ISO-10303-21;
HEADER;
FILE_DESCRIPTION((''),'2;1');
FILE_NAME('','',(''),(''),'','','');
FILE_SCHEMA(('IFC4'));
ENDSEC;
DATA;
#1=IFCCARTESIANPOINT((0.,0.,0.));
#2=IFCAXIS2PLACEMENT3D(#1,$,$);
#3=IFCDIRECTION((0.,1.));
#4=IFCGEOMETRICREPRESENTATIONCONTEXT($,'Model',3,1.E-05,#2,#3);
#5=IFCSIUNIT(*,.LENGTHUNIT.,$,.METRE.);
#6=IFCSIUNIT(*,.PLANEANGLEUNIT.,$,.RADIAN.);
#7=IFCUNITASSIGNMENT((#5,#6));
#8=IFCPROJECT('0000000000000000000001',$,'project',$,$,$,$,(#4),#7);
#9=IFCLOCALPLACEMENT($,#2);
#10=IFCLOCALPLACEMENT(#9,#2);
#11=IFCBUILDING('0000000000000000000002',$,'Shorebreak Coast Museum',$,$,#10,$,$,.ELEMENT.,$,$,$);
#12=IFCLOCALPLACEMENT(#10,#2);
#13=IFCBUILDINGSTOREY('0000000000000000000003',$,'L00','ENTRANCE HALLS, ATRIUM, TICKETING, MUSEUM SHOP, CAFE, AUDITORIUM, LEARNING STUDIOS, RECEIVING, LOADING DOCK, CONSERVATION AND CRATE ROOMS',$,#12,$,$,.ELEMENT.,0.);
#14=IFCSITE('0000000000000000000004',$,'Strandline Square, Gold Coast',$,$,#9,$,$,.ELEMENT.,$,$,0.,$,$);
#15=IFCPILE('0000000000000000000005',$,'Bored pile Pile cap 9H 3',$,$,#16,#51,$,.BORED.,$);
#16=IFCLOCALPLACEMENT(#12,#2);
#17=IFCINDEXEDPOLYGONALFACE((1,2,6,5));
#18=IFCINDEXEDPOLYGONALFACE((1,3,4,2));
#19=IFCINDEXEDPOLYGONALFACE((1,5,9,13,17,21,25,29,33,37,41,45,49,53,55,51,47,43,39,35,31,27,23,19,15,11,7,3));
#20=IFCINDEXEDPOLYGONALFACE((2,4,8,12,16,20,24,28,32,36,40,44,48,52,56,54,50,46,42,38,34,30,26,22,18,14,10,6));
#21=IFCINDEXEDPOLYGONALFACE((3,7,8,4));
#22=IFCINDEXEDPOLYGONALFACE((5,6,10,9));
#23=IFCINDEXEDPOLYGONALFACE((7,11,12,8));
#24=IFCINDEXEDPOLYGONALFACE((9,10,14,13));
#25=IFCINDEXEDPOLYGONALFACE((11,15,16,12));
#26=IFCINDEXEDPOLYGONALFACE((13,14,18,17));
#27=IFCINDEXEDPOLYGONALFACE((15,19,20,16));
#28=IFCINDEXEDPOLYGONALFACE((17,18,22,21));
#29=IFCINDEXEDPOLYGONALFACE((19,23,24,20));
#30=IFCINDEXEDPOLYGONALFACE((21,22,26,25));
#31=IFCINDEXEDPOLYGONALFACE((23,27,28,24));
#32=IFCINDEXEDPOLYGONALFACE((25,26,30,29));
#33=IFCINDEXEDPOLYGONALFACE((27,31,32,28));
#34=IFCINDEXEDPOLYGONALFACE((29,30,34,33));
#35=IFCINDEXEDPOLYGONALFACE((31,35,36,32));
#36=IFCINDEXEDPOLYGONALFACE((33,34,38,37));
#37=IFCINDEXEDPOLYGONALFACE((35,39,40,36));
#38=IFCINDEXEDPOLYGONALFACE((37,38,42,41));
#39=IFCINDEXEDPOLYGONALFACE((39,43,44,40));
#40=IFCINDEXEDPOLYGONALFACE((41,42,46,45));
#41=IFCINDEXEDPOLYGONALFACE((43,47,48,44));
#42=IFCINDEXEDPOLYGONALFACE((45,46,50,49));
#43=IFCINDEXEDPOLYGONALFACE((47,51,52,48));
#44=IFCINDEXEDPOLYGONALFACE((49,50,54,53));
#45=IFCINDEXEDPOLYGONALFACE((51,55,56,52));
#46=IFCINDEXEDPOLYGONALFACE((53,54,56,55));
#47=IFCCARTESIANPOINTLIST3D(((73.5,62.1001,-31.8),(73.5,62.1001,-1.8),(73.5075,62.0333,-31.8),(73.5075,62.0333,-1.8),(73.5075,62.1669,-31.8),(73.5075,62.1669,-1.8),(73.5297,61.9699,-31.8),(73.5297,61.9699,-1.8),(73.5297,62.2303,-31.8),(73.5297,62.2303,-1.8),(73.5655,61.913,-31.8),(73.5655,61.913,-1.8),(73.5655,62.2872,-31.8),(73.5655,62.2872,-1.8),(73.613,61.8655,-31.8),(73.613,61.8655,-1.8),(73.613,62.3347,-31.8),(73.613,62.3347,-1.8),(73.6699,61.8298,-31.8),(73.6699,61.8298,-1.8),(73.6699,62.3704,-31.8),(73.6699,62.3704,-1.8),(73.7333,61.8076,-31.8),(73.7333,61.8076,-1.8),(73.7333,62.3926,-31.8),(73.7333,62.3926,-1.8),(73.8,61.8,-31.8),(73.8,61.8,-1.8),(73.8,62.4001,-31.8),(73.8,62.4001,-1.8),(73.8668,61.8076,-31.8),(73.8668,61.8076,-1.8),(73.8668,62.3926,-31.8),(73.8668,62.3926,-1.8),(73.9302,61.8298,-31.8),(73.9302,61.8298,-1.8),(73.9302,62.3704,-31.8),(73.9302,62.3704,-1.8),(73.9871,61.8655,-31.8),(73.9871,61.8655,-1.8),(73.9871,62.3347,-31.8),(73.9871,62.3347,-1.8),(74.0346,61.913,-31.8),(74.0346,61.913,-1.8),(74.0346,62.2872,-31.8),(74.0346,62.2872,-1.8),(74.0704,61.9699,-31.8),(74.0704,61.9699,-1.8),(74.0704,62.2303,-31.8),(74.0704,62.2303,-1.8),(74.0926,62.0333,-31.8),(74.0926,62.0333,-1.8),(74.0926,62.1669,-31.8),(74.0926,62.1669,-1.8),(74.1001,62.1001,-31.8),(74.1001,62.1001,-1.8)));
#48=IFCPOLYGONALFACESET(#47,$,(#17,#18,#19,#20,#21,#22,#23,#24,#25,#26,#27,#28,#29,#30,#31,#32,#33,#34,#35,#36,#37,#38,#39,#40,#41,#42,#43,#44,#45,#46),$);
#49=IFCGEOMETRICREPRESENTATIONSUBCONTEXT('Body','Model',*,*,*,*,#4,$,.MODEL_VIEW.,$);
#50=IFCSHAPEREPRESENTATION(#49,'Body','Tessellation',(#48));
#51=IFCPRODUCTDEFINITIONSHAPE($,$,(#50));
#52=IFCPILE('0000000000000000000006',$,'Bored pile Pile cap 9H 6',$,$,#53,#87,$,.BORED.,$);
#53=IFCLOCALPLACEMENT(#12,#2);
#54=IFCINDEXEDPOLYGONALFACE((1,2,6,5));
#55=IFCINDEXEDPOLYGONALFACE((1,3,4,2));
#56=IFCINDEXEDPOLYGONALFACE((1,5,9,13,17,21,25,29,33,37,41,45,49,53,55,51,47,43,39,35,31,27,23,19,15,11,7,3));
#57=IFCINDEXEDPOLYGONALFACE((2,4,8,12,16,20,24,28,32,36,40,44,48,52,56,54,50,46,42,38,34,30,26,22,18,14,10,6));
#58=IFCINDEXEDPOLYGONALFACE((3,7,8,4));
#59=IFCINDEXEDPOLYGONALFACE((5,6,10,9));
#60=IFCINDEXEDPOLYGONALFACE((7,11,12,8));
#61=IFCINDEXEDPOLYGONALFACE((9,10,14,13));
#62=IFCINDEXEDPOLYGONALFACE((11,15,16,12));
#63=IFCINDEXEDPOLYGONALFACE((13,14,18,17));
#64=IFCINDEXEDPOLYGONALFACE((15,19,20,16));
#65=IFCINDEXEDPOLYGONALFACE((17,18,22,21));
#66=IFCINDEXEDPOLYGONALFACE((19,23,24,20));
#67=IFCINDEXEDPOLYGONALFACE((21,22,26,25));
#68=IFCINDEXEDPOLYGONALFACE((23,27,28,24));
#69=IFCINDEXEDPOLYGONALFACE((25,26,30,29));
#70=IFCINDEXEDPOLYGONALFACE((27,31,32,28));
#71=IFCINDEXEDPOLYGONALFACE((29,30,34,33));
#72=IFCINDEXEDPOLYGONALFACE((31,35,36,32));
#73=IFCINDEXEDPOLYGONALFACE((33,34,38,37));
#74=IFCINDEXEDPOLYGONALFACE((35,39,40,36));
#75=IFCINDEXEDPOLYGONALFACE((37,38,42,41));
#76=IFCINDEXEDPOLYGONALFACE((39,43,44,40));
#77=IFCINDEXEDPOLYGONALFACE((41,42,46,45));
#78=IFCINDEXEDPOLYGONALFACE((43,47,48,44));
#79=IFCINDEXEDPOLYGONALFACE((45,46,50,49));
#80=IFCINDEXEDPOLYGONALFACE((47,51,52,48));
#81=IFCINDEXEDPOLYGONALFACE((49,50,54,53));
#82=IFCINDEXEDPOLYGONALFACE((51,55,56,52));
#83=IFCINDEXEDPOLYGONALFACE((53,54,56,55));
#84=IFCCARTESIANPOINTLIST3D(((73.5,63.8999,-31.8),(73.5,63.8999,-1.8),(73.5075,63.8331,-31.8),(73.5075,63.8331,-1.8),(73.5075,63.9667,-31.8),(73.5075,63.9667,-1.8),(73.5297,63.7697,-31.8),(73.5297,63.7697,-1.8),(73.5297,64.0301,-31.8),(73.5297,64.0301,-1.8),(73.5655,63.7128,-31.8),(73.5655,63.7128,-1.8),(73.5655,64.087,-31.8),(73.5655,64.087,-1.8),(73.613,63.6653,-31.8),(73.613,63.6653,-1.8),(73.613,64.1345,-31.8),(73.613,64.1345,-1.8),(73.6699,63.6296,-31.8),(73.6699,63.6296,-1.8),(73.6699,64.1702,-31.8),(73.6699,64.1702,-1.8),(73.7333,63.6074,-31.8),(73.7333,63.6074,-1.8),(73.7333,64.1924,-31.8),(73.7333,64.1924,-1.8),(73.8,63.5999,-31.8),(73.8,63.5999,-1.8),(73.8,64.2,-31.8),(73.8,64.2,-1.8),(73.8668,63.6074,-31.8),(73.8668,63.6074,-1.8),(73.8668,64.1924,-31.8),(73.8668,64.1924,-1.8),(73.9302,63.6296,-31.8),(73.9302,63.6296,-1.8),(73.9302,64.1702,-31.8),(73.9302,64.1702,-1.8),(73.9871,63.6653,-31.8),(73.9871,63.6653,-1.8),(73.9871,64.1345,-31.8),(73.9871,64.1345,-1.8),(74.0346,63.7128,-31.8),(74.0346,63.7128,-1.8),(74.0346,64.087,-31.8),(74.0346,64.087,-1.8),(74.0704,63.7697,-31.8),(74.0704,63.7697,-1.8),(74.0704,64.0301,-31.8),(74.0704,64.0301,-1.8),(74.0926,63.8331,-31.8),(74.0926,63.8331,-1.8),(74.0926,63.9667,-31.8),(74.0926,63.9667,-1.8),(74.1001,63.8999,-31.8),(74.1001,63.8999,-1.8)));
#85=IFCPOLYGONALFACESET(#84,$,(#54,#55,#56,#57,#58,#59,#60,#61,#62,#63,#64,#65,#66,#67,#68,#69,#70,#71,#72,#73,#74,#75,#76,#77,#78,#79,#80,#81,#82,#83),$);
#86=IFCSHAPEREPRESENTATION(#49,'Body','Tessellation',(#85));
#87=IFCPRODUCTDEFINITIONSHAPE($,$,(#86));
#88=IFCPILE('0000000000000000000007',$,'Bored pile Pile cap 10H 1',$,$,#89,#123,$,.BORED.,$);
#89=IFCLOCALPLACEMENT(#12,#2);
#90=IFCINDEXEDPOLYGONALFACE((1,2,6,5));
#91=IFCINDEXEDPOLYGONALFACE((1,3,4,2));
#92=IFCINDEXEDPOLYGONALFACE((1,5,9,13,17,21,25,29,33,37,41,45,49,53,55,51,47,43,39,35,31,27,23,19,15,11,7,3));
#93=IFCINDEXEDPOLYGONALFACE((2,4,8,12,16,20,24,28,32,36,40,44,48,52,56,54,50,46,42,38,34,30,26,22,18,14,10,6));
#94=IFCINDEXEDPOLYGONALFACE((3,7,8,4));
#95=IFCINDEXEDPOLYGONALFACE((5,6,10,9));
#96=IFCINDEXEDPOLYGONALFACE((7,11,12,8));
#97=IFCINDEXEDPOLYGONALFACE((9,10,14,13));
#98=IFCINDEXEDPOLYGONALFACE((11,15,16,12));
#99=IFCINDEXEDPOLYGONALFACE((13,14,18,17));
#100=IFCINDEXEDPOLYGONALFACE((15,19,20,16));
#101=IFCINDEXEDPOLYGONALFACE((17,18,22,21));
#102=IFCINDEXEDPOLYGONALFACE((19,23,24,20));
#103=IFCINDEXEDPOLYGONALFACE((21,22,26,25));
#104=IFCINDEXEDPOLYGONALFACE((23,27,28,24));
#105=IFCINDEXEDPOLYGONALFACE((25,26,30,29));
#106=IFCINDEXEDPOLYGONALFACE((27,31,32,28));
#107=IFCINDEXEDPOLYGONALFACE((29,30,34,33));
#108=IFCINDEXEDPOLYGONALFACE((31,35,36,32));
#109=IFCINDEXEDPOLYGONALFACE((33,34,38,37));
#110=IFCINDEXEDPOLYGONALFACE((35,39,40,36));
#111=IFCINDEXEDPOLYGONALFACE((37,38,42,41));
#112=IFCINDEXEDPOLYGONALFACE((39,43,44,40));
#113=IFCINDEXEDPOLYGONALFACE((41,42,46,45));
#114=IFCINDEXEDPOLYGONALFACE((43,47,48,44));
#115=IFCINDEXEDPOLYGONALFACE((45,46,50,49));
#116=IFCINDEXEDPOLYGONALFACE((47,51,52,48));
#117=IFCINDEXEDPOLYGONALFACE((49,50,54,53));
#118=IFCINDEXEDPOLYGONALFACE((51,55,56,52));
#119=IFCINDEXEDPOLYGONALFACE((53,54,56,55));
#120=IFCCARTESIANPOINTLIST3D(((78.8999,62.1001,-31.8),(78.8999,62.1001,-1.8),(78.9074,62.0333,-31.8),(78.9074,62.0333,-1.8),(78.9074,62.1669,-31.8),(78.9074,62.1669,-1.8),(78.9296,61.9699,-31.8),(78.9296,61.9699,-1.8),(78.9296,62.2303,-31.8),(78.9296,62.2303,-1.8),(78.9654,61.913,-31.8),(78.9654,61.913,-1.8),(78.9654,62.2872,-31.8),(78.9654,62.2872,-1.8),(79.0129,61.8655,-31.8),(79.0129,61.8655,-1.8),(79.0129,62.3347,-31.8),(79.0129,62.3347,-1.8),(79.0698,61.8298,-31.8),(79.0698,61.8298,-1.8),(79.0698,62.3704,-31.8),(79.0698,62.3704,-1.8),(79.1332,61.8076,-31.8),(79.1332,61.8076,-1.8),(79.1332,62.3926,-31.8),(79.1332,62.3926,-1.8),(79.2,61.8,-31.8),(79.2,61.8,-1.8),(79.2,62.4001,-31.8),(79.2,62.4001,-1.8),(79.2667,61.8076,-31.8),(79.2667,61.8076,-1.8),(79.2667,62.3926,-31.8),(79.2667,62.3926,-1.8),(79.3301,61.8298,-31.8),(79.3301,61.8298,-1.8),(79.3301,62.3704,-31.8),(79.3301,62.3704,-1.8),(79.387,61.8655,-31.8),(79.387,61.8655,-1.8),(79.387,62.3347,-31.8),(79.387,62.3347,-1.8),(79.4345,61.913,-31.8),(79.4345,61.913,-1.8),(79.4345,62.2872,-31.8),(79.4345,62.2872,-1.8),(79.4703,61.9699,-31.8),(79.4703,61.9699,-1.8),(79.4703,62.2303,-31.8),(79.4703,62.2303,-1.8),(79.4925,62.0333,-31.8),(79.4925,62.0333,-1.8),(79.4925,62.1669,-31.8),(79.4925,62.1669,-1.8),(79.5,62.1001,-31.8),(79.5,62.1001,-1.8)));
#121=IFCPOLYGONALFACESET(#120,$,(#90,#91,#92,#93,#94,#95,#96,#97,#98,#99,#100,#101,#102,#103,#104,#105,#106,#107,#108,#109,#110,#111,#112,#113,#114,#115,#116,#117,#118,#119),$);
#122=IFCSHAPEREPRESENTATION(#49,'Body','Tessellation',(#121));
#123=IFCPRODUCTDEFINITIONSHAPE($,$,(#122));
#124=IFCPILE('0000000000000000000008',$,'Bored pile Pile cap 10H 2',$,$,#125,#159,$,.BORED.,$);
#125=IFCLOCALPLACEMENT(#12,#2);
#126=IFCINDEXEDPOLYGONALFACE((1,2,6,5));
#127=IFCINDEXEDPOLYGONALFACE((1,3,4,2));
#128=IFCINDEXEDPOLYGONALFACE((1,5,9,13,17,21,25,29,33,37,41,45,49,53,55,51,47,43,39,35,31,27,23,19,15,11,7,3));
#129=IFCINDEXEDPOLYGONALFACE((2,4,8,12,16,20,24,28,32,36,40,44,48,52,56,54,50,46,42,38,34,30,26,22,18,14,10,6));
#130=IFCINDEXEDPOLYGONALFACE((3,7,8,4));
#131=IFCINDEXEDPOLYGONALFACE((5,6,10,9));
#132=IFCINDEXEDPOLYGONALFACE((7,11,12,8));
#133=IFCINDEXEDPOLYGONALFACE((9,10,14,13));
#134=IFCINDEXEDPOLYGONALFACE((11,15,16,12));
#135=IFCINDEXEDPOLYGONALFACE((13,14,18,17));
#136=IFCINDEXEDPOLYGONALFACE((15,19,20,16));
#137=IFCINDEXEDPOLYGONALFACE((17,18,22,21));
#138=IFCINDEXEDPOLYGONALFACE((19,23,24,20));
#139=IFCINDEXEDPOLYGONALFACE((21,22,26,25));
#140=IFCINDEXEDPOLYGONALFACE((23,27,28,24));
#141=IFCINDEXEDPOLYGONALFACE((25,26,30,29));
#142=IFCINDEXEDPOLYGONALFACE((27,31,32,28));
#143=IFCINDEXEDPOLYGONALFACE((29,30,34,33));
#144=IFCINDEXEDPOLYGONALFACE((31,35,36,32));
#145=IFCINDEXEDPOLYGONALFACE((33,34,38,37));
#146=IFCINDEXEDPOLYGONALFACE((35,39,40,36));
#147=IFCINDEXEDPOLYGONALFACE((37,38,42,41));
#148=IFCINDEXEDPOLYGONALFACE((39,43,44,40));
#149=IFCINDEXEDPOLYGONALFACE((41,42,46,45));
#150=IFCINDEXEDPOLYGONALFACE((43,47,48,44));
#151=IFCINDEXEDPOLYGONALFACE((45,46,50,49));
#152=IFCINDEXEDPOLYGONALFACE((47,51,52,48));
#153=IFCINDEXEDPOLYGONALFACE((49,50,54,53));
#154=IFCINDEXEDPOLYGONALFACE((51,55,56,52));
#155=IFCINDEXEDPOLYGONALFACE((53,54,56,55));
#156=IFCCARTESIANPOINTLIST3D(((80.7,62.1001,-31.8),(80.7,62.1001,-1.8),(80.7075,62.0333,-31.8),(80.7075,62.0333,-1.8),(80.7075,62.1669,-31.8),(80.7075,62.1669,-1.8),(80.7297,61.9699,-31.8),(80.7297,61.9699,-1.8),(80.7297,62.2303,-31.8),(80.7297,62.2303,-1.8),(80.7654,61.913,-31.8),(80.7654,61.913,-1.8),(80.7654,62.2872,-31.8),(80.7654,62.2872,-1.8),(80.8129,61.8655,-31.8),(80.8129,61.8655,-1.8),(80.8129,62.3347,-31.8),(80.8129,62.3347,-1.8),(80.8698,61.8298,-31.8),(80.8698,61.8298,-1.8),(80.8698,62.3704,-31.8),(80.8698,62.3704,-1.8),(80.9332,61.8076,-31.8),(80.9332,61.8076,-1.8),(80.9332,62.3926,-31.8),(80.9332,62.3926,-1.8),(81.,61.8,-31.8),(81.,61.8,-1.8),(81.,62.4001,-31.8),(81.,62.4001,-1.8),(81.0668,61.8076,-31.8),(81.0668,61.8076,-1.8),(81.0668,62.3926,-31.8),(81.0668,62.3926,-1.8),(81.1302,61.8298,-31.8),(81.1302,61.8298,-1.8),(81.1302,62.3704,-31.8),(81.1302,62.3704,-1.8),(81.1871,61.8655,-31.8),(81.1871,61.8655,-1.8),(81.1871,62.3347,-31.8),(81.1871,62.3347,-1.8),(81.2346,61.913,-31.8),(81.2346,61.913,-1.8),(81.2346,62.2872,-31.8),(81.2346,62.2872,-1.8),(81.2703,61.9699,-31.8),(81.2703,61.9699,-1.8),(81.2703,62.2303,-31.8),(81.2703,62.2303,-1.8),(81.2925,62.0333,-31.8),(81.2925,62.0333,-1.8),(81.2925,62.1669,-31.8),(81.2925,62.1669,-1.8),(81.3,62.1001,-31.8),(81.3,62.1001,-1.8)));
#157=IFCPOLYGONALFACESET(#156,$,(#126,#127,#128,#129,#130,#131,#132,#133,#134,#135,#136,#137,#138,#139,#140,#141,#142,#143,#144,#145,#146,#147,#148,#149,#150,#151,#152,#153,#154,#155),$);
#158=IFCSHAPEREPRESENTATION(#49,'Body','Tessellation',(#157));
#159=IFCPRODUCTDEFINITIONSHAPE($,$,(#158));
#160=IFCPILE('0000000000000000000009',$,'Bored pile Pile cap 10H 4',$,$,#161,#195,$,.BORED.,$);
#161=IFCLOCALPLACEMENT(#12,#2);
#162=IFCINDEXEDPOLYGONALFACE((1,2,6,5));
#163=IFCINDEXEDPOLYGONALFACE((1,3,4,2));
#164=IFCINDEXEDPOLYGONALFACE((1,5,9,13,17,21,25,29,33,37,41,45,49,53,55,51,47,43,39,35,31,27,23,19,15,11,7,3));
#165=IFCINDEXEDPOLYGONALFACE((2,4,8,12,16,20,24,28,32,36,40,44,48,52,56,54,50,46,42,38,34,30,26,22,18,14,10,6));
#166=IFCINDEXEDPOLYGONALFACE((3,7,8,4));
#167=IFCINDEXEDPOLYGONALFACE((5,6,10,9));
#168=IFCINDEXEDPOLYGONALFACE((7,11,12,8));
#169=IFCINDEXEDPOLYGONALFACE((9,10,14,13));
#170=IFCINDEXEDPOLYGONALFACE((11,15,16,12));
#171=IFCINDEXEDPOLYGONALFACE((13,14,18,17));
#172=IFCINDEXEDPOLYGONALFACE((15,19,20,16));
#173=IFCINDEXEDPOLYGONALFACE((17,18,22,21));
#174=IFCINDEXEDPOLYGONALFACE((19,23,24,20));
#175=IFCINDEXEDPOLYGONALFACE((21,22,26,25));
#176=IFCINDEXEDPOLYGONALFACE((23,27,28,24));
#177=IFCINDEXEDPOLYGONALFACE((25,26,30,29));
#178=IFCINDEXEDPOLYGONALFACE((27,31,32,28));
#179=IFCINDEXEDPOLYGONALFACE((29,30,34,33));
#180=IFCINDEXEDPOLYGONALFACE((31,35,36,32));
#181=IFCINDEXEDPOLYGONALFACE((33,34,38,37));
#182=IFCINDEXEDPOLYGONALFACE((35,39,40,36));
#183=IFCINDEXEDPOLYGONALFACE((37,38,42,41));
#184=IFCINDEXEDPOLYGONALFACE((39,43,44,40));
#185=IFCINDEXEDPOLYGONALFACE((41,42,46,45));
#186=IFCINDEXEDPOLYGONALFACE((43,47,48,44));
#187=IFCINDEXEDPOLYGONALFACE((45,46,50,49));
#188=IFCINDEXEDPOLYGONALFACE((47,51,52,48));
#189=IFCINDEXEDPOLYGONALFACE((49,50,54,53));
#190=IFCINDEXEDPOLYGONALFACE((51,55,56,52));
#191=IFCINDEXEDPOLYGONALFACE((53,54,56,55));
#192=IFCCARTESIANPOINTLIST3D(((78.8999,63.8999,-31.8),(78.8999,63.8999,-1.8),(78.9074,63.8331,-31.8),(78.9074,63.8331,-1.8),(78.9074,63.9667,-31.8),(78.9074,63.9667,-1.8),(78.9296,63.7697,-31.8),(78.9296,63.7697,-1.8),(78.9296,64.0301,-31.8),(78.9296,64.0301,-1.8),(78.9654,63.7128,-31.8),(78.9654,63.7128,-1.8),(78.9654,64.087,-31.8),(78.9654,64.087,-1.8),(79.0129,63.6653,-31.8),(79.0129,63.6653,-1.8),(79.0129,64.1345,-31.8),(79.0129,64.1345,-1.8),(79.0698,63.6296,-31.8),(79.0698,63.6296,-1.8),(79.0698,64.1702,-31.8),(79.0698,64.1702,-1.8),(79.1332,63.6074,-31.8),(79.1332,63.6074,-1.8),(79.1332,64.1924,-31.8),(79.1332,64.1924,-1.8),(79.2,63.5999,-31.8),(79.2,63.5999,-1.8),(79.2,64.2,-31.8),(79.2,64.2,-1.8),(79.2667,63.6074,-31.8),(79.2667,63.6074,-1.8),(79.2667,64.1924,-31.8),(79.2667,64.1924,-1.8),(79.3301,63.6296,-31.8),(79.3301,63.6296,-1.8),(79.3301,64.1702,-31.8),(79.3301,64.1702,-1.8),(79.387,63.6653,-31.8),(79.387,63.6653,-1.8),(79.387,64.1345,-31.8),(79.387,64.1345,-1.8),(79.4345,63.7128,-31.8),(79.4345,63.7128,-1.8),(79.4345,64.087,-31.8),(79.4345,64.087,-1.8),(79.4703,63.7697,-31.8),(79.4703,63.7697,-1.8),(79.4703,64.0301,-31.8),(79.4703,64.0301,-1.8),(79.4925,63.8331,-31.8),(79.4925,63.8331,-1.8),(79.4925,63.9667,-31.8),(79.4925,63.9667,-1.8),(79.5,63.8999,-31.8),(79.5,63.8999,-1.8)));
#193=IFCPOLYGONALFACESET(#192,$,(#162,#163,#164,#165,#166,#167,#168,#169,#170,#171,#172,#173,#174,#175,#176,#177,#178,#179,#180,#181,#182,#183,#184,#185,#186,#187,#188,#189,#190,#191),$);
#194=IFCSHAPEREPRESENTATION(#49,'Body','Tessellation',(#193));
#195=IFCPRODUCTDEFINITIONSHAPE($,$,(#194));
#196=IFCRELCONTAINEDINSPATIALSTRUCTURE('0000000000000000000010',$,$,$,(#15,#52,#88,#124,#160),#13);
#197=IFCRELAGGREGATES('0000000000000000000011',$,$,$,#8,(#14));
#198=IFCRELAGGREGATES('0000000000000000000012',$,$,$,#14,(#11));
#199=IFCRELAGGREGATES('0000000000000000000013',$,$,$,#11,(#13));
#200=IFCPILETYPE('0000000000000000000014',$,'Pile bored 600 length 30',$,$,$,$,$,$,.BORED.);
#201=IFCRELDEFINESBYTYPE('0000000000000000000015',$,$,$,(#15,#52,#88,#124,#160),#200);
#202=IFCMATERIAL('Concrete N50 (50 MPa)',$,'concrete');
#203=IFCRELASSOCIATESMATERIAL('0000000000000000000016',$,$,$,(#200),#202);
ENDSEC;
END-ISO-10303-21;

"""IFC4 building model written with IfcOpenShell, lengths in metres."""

from ifc_helpers import new_model, si_unit, direction, frame, origin, origin_2d, place, context, subcontext, project, spatial, circle, extrude, material, material_profile, profile_set, type_object, element, save


model = new_model("IFC4")

# Units and contexts
model_context = context("Model", 3, precision=1e-05, world=origin(), true_north=direction((0.0, 1.0)))
body_context = subcontext(model_context, "Body", "Model", "MODEL_VIEW")
ifc_project = project(units=[si_unit("LENGTHUNIT", "METRE"), si_unit("PLANEANGLEUNIT", "RADIAN")], contexts=[model_context])

# Site, building, storey
site_placement = place(None, origin())
site = spatial("IfcSite", under=ifc_project, at=site_placement, Name="Strandline Square, Gold Coast", CompositionType="ELEMENT", RefElevation=0.0)
building_placement = place(site_placement, origin())
building = spatial("IfcBuilding", under=site, at=building_placement, Name="Shorebreak Coast Museum", CompositionType="ELEMENT")
storey_placement = place(building_placement, origin())
storey = spatial("IfcBuildingStorey", under=building, at=storey_placement, Name="L00", Description="ENTRANCE HALLS, ATRIUM, TICKETING, MUSEUM SHOP, CAFE, AUDITORIUM, LEARNING STUDIOS, RECEIVING, LOADING DOCK, CONSERVATION AND CRATE ROOMS", CompositionType="ELEMENT", Elevation=0.0)

# Piles
ifc_material_1 = material(Name="Concrete N50 (50 MPa)", Category="concrete")
ifc_material_profile_1 = material_profile(ifc_material_1, circle(Radius=0.3, at=origin_2d()), Name="Pile bored 600 length 30")
ifc_profile_set_1 = profile_set([ifc_material_profile_1], Name="Concrete N50 (50 MPa)")
pile_type_1 = type_object("IfcPileType", Name="Pile bored 600 length 30", PredefinedType="BORED", material=ifc_profile_set_1)
for number, where, z_axis, x_axis, name in (
    (1, (73.8, 62.1001, -1.8), (0.0, 0.0, -1.0), (1.0, 0.0, 0.0), "Bored pile Pile cap 9H 3"),
    (2, (73.8, 63.8999, -1.8), (0.0, 0.0, -1.0), (1.0, 0.0, 0.0), "Bored pile Pile cap 9H 6"),
    (3, (79.2, 62.1001, -1.8), (0.0, 0.0, -1.0), (1.0, 0.0, 0.0), "Bored pile Pile cap 10H 1"),
    (4, (81.0, 62.1001, -1.8), (0.0, 0.0, -1.0), (1.0, 0.0, 0.0), "Bored pile Pile cap 10H 2"),
    (5, (79.2, 63.8999, -1.8), (0.0, 0.0, -1.0), (1.0, 0.0, 0.0), "Bored pile Pile cap 10H 4"),
):
    element("IfcPile", number, at=place(storey_placement, frame(where, z_axis=z_axis, x_axis=x_axis)), inside=storey, type_object=pile_type_1, Name=name, PredefinedType="BORED", context=body_context, shape_type="SweptSolid", body=[
        extrude(circle(Radius=0.3, at=origin_2d()), origin(), (0.0, 0.0, 1.0), 30.0),
    ])

save(model, "model.ifc")
